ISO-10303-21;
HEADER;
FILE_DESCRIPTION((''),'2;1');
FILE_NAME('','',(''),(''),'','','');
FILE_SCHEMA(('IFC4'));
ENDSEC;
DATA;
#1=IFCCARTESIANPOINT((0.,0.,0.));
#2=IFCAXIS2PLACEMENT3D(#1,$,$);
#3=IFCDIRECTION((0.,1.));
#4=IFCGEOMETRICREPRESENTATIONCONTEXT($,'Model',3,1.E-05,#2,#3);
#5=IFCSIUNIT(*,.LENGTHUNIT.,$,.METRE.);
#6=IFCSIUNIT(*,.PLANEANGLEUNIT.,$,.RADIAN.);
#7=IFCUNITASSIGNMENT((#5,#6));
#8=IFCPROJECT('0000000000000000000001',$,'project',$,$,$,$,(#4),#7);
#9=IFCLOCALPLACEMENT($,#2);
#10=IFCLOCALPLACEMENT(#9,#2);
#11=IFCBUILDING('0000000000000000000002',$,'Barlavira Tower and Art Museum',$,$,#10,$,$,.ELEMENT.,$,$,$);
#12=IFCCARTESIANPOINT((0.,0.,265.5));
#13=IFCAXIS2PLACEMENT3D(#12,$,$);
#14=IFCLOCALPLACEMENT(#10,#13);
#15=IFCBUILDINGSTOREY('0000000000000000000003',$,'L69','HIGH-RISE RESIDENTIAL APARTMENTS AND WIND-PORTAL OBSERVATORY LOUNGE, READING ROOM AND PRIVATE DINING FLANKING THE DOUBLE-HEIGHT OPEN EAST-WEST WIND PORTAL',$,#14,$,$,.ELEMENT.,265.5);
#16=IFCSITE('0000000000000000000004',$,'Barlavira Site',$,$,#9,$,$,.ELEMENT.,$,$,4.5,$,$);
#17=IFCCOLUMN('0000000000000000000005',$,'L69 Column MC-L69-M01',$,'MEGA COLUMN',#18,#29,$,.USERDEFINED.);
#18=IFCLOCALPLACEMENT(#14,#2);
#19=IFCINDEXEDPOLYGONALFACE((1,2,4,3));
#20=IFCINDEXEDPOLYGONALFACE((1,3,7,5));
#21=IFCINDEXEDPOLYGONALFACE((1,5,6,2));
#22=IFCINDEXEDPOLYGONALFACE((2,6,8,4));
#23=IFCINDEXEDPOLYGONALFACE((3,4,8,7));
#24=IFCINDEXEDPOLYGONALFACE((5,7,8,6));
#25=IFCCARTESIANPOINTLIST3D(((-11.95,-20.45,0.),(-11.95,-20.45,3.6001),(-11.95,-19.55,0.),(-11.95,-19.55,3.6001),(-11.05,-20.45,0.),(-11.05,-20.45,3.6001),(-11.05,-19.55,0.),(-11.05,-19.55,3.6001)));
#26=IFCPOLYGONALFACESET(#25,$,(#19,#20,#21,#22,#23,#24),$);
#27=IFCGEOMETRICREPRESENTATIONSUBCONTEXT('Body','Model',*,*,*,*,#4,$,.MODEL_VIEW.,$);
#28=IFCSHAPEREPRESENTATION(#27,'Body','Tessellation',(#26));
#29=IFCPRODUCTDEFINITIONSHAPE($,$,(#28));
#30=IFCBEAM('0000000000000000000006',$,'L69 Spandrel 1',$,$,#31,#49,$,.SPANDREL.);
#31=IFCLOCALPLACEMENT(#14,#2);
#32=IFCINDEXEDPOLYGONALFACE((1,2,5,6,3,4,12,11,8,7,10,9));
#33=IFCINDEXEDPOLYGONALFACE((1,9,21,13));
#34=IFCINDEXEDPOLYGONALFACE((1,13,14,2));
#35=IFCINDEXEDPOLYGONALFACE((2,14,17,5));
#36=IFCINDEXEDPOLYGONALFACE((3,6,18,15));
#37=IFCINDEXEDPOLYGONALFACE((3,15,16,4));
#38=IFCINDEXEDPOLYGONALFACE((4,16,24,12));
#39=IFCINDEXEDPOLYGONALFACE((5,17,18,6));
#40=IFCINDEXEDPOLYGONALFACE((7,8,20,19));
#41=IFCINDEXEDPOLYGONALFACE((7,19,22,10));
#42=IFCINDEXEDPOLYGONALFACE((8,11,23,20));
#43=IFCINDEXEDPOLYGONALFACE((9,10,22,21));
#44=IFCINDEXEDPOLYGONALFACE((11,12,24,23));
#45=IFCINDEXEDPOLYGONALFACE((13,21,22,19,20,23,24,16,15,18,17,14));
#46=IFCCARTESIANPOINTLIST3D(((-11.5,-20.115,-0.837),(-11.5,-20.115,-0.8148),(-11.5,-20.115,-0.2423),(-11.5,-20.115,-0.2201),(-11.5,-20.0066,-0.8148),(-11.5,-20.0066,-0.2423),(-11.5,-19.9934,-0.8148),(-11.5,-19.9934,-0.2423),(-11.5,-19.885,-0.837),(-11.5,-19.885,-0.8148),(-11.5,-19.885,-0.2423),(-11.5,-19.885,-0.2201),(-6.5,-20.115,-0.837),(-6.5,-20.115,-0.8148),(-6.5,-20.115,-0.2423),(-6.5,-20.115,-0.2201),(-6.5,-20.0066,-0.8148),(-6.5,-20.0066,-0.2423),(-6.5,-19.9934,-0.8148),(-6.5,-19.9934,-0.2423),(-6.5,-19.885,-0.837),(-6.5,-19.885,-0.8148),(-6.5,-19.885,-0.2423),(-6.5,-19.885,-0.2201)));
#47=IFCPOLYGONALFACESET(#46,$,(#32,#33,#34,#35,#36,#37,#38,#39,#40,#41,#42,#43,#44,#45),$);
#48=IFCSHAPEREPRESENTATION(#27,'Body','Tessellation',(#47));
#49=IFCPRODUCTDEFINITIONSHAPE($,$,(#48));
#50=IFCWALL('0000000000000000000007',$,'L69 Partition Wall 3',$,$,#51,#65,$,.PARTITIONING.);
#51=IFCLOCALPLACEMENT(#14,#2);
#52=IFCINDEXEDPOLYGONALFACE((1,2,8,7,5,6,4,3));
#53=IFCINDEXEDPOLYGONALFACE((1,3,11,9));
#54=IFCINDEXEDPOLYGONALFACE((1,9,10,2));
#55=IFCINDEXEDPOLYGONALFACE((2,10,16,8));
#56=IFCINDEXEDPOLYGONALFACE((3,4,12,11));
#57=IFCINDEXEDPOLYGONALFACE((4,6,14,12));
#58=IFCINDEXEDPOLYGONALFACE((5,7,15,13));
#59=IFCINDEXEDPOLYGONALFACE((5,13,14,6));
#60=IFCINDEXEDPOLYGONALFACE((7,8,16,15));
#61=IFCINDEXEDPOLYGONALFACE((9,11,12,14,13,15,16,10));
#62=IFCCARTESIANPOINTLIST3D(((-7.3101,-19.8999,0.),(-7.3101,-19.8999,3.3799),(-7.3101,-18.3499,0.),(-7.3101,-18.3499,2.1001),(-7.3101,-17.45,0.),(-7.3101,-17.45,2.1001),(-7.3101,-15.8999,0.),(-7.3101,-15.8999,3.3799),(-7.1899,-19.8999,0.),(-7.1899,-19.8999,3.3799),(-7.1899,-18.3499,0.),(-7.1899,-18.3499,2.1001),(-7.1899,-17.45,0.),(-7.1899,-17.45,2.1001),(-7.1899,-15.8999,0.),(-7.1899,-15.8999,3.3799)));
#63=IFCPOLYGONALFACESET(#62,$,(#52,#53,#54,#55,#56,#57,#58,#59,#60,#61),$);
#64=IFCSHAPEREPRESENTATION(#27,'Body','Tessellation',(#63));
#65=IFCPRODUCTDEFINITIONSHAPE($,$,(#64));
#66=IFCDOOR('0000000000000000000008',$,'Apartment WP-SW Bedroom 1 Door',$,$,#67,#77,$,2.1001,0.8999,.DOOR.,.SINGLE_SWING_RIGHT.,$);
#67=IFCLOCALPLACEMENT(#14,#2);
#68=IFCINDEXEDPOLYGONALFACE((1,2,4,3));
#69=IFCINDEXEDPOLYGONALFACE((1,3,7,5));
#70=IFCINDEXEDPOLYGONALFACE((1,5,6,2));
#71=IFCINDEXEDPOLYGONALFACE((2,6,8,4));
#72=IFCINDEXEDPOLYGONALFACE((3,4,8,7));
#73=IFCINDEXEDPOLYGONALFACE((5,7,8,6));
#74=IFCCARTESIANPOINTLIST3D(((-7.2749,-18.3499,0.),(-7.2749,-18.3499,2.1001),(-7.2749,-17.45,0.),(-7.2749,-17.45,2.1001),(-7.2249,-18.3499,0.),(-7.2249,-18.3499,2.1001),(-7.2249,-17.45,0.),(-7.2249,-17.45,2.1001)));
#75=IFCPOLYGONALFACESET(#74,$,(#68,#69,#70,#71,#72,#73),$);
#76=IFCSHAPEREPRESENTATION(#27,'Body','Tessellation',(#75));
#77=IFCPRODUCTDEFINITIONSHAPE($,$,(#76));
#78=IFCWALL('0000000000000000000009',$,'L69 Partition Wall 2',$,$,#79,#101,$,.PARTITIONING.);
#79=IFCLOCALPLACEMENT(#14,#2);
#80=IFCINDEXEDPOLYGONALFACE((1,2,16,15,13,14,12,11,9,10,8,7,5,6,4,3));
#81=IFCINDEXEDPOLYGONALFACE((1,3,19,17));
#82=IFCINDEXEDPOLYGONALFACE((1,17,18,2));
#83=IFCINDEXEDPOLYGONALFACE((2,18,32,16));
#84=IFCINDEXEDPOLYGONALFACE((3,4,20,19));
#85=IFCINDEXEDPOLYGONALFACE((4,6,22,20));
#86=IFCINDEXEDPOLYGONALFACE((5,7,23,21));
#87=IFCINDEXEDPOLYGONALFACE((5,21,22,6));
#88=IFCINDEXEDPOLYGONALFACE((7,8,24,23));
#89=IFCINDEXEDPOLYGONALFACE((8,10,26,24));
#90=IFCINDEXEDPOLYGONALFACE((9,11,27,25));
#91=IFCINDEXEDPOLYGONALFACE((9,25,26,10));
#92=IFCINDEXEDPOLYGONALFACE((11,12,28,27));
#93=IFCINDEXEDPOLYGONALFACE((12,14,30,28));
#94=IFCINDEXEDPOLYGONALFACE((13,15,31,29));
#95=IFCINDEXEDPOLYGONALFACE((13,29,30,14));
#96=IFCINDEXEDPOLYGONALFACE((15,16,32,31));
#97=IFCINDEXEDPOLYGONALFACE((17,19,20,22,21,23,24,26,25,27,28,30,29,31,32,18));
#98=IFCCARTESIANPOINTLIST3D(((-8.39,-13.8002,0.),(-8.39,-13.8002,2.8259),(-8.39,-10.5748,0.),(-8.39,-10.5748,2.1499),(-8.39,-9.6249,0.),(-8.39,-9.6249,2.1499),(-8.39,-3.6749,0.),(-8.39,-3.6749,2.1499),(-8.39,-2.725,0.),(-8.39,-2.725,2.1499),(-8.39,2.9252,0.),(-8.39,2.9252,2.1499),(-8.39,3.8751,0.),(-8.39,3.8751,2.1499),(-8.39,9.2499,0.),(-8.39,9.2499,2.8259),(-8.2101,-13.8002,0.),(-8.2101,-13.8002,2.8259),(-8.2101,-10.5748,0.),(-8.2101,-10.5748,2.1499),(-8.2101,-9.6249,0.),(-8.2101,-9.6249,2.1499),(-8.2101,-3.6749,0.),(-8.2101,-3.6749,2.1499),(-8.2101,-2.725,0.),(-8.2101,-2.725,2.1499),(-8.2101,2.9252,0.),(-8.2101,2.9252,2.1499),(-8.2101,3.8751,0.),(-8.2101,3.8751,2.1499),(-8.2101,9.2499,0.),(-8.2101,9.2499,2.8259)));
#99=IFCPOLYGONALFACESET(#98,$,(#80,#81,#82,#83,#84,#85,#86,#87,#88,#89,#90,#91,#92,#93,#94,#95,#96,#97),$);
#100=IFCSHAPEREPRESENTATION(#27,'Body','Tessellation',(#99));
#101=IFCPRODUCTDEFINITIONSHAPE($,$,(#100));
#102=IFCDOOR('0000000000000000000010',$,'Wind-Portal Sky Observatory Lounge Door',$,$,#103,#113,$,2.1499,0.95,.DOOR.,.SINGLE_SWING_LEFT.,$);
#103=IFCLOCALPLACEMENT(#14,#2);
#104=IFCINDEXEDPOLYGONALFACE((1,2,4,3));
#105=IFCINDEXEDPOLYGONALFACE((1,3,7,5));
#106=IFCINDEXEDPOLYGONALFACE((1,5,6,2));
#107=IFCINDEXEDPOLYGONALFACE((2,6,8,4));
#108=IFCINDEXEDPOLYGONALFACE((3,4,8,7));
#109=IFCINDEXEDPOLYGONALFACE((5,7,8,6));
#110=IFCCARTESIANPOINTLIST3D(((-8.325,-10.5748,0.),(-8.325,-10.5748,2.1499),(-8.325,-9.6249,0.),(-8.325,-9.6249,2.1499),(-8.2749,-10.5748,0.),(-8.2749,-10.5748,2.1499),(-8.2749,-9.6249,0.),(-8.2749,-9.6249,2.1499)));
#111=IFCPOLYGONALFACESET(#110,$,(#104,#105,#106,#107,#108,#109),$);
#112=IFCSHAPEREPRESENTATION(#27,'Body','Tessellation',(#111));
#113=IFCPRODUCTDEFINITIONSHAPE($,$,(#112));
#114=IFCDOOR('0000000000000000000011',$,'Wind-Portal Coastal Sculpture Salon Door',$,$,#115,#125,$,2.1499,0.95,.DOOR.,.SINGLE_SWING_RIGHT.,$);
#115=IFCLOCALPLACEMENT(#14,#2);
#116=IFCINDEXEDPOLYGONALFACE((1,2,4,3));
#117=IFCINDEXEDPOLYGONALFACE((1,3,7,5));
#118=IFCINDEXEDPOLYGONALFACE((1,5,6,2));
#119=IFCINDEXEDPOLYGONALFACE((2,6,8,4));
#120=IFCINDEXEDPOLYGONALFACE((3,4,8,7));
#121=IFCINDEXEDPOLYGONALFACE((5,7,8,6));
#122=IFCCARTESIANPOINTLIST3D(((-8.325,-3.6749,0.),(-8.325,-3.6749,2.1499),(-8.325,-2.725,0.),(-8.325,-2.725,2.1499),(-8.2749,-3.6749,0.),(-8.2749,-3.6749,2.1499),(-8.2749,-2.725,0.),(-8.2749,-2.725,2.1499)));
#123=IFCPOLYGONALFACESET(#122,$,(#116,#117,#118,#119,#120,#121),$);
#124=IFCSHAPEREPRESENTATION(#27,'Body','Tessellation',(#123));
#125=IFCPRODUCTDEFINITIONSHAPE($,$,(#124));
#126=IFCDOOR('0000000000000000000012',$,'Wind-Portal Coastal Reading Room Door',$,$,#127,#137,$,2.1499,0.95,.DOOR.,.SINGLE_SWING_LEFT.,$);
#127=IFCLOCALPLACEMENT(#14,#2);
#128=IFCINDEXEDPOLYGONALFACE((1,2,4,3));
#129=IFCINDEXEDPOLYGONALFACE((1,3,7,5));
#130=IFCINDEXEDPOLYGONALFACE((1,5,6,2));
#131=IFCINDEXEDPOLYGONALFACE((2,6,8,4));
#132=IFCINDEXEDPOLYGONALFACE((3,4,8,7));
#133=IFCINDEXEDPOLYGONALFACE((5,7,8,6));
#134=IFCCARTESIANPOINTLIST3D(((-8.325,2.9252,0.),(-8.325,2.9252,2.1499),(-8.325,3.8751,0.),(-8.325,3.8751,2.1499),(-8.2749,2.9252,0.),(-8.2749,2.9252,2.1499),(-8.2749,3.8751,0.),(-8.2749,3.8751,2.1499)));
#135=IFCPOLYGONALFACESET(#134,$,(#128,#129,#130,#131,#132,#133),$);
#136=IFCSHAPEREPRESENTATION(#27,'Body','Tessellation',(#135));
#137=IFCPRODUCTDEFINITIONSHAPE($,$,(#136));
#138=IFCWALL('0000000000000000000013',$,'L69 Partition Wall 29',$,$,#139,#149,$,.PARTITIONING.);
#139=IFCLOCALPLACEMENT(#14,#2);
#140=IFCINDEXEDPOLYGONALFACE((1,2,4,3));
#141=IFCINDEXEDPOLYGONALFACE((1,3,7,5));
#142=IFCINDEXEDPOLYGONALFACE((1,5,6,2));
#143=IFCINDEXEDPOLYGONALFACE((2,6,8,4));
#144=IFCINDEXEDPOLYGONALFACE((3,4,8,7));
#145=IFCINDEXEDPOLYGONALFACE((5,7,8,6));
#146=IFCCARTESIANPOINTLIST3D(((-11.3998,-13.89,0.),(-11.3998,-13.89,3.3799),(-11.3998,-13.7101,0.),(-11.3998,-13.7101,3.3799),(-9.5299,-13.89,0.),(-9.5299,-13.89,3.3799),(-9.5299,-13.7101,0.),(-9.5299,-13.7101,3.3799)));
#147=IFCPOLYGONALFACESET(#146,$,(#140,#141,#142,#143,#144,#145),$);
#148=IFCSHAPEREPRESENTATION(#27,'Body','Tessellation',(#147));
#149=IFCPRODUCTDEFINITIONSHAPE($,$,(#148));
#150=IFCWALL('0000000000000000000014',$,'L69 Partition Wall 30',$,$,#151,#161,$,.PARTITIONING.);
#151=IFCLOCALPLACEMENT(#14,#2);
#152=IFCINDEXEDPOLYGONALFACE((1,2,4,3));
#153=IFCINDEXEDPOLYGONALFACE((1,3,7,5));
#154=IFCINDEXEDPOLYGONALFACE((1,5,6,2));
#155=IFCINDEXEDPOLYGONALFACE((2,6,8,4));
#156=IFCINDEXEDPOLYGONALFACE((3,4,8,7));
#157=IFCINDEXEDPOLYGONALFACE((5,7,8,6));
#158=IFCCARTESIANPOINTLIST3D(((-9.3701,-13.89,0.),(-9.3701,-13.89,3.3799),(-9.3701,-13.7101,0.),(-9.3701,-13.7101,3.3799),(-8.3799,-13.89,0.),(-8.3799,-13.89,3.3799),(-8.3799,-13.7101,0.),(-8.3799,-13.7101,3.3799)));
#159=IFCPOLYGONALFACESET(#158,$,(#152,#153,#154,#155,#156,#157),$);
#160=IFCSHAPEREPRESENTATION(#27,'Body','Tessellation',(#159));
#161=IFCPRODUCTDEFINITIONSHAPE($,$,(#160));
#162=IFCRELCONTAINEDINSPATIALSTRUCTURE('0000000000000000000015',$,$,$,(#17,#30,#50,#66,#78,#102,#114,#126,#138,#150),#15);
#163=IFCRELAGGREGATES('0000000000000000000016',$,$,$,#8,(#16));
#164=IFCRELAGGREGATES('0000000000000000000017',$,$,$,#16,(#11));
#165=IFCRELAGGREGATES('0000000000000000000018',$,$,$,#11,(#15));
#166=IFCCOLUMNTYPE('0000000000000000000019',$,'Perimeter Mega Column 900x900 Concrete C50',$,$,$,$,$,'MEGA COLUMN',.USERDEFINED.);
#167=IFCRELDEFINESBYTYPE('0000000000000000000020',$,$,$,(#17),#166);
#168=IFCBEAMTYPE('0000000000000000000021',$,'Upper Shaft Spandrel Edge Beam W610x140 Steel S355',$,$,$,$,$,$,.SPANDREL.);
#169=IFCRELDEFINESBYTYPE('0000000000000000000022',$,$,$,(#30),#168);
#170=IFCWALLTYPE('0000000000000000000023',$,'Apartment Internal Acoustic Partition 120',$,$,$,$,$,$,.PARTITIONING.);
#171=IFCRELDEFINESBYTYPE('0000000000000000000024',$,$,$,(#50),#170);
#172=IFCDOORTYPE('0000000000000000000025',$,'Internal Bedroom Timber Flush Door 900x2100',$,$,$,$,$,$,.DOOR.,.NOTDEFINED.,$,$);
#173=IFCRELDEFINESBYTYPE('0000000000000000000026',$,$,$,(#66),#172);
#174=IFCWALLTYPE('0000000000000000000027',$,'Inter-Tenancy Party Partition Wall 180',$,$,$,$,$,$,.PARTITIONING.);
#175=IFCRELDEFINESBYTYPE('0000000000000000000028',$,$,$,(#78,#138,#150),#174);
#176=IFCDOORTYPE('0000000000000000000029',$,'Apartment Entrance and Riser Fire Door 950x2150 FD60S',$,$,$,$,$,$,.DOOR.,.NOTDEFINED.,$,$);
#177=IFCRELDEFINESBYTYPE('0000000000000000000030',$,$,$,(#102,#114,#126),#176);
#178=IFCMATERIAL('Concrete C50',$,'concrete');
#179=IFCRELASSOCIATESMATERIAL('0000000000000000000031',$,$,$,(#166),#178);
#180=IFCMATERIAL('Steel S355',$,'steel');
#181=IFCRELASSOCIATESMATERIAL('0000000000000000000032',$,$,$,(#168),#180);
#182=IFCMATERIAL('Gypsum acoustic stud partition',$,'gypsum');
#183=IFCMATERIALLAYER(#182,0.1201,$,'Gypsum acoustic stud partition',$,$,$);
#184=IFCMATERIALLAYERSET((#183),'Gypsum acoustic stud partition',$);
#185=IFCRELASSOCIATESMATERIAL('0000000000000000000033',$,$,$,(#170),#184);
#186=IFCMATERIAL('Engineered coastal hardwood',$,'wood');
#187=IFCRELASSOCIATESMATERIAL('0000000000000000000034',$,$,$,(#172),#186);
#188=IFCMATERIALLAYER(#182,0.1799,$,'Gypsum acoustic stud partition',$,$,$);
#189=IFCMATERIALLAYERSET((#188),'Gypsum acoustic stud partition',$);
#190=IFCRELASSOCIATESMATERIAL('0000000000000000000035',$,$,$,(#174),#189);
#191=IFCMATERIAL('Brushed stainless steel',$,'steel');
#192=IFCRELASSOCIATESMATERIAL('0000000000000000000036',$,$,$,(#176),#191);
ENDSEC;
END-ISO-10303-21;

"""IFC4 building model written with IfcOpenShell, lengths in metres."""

from ifc_helpers import new_model, si_unit, direction, frame, frame_2d, origin, origin_2d, place, context, subcontext, project, spatial, rectangle, i_section, extrude, material, layer, layer_set, material_profile, profile_set, type_object, element, fill, save


model = new_model("IFC4")

# Units and contexts
model_context = context("Model", 3, precision=1e-05, world=origin(), true_north=direction((0.0, 1.0)))
body_context = subcontext(model_context, "Body", "Model", "MODEL_VIEW")
ifc_project = project(units=[si_unit("LENGTHUNIT", "METRE"), si_unit("PLANEANGLEUNIT", "RADIAN")], contexts=[model_context])

# Site, building, storey
site_placement = place(None, origin())
site = spatial("IfcSite", under=ifc_project, at=site_placement, Name="Barlavira Site", CompositionType="ELEMENT", RefElevation=4.5)
building_placement = place(site_placement, origin())
building = spatial("IfcBuilding", under=site, at=building_placement, Name="Barlavira Tower and Art Museum", CompositionType="ELEMENT")
storey_placement = place(building_placement, frame((0.0, 0.0, 265.5)))
storey = spatial("IfcBuildingStorey", under=building, at=storey_placement, Name="L69", Description="HIGH-RISE RESIDENTIAL APARTMENTS AND WIND-PORTAL OBSERVATORY LOUNGE, READING ROOM AND PRIVATE DINING FLANKING THE DOUBLE-HEIGHT OPEN EAST-WEST WIND PORTAL", CompositionType="ELEMENT", Elevation=265.5)

# Column
ifc_material_1 = material(Name="Concrete C50", Category="concrete")
ifc_material_profile_1 = material_profile(ifc_material_1, rectangle(XDim=0.8999, YDim=0.8999, at=origin_2d()), Name="RC-COL 900x900")
ifc_profile_set_1 = profile_set([ifc_material_profile_1], Name="Concrete C50")
column_type = type_object("IfcColumnType", Name="Perimeter Mega Column 900x900 Concrete C50", ElementType="MEGA COLUMN", PredefinedType="USERDEFINED", material=ifc_profile_set_1)
column_placement = place(storey_placement, frame((-11.5, -20.0, 0.0), z_axis=(0.0, 0.0, 1.0), x_axis=(1.0, 0.0, 0.0)))
element("IfcColumn", 1, at=column_placement, inside=storey, type_object=column_type, Name="L69 Column MC-L69-M01", ObjectType="MEGA COLUMN", PredefinedType="USERDEFINED", context=body_context, shape_type="SweptSolid", body=[
    extrude(rectangle(XDim=0.8999, YDim=0.8999, at=origin_2d()), origin(), (0.0, 0.0, 1.0), 3.6001),
])

# Beam
ifc_material_2 = material(Name="Steel S355", Category="steel")
ifc_material_profile_2 = material_profile(ifc_material_2, i_section(OverallWidth=0.23, OverallDepth=0.6169, WebThickness=0.0132, FlangeThickness=0.0222, at=origin_2d()), Name="W610x140.0")
ifc_profile_set_2 = profile_set([ifc_material_profile_2], Name="Steel S355")
beam_type = type_object("IfcBeamType", Name="Upper Shaft Spandrel Edge Beam W610x140 Steel S355", PredefinedType="SPANDREL", material=ifc_profile_set_2)
beam_placement = place(storey_placement, frame((-11.5, -20.0, -0.5286), z_axis=(1.0, 0.0, 0.0), x_axis=(0.0, 1.0, 0.0)))
element("IfcBeam", 2, at=beam_placement, inside=storey, type_object=beam_type, Name="L69 Spandrel 1", PredefinedType="SPANDREL", context=body_context, shape_type="SweptSolid", body=[
    extrude(i_section(OverallWidth=0.23, OverallDepth=0.6169, WebThickness=0.0132, FlangeThickness=0.0222, at=origin_2d()), origin(), (0.0, 0.0, 1.0), 5.0),
])

# Wall, opening, door
ifc_material_3 = material(Name="Gypsum acoustic stud partition", Category="gypsum")
ifc_layer_1 = layer(ifc_material_3, 0.1201, Name="Gypsum acoustic stud partition")
ifc_layer_set_1 = layer_set([ifc_layer_1], Name="Gypsum acoustic stud partition")
wall_type_1 = type_object("IfcWallType", Name="Apartment Internal Acoustic Partition 120", PredefinedType="PARTITIONING", material=ifc_layer_set_1)
wall_1_placement = place(storey_placement, frame((-7.25, -19.8999, 0.0), z_axis=(0.0, 0.0, 1.0), x_axis=(0.0, 1.0, 0.0)))
wall_1 = element("IfcWall", 3, at=wall_1_placement, inside=storey, type_object=wall_type_1, Name="L69 Partition Wall 3", PredefinedType="PARTITIONING", context=body_context, shape_type="SweptSolid", body=[
    extrude(rectangle(XDim=4.0, YDim=0.1201, at=frame_2d((2.0, 0.0))), origin(), (0.0, 0.0, 1.0), 3.3799),
])
opening_1_placement = place(wall_1_placement, frame((1.55, 0.0, 0.0)))
opening_1 = element("IfcOpeningElement", 4, at=opening_1_placement, cuts=wall_1, PredefinedType="OPENING", context=body_context, shape_type="SweptSolid", body=[
    extrude(rectangle(XDim=0.8999, YDim=2.1001, at=frame_2d((0.45, 1.05))), frame((0.0, 0.0701, 0.0), z_axis=(0.0, -1.0, 0.0), x_axis=(1.0, 0.0, 0.0)), (0.0, 0.0, 1.0), 0.1401),
])
ifc_material_4 = material(Name="Engineered coastal hardwood", Category="wood")
door_type_1 = type_object("IfcDoorType", Name="Internal Bedroom Timber Flush Door 900x2100", OperationType="NOTDEFINED", PredefinedType="DOOR", material=ifc_material_4)
door_1_placement = place(opening_1_placement, origin())
door_1 = element("IfcDoor", 5, at=door_1_placement, inside=storey, type_object=door_type_1, Name="Apartment WP-SW Bedroom 1 Door", OperationType="SINGLE_SWING_RIGHT", OverallHeight=2.1001, OverallWidth=0.8999, PredefinedType="DOOR", context=body_context, shape_type="SweptSolid", body=[
    extrude(rectangle(XDim=0.8999, YDim=2.1001, at=frame_2d((0.45, 1.05))), frame((0.0, 0.0249, 0.0), z_axis=(0.0, -1.0, 0.0), x_axis=(1.0, 0.0, 0.0)), (0.0, 0.0, 1.0), 0.05),
])
fill(opening_1, door_1)

# Wall, openings, doors
ifc_layer_2 = layer(ifc_material_3, 0.1799, Name="Gypsum acoustic stud partition")
ifc_layer_set_2 = layer_set([ifc_layer_2], Name="Gypsum acoustic stud partition")
wall_type_2 = type_object("IfcWallType", Name="Inter-Tenancy Party Partition Wall 180", PredefinedType="PARTITIONING", material=ifc_layer_set_2)
wall_2_placement = place(storey_placement, frame((-8.3, -13.8, 0.0), z_axis=(0.0, 0.0, 1.0), x_axis=(0.0, 1.0, 0.0)))
wall_2 = element("IfcWall", 6, at=wall_2_placement, inside=storey, type_object=wall_type_2, Name="L69 Partition Wall 2", PredefinedType="PARTITIONING", context=body_context, shape_type="SweptSolid", body=[
    extrude(rectangle(XDim=23.05, YDim=0.1799, at=frame_2d((11.5249, 0.0))), origin(), (0.0, 0.0, 1.0), 2.8259),
])
opening_2_placement = place(wall_2_placement, frame((3.2251, 0.0, 0.0)))
opening_2 = element("IfcOpeningElement", 7, at=opening_2_placement, cuts=wall_2, PredefinedType="OPENING", context=body_context, shape_type="SweptSolid", body=[
    extrude(rectangle(XDim=0.95, YDim=2.1499, at=frame_2d((0.4751, 1.075))), frame((0.0, 0.1001, 0.0), z_axis=(0.0, -1.0, 0.0), x_axis=(1.0, 0.0, 0.0)), (0.0, 0.0, 1.0), 0.2),
])
opening_3_placement = place(wall_2_placement, frame((10.125, 0.0, 0.0)))
opening_3 = element("IfcOpeningElement", 8, at=opening_3_placement, cuts=wall_2, PredefinedType="OPENING", context=body_context, shape_type="SweptSolid", body=[
    extrude(rectangle(XDim=0.95, YDim=2.1499, at=frame_2d((0.4751, 1.075))), frame((0.0, 0.1001, 0.0), z_axis=(0.0, -1.0, 0.0), x_axis=(1.0, 0.0, 0.0)), (0.0, 0.0, 1.0), 0.2),
])
opening_4_placement = place(wall_2_placement, frame((16.7251, 0.0, 0.0)))
opening_4 = element("IfcOpeningElement", 9, at=opening_4_placement, cuts=wall_2, PredefinedType="OPENING", context=body_context, shape_type="SweptSolid", body=[
    extrude(rectangle(XDim=0.95, YDim=2.1499, at=frame_2d((0.4751, 1.075))), frame((0.0, 0.1001, 0.0), z_axis=(0.0, -1.0, 0.0), x_axis=(1.0, 0.0, 0.0)), (0.0, 0.0, 1.0), 0.2),
])
ifc_material_5 = material(Name="Brushed stainless steel", Category="steel")
door_type_2 = type_object("IfcDoorType", Name="Apartment Entrance and Riser Fire Door 950x2150 FD60S", OperationType="NOTDEFINED", PredefinedType="DOOR", material=ifc_material_5)
door_2_placement = place(opening_2_placement, origin())
door_2 = element("IfcDoor", 10, at=door_2_placement, inside=storey, type_object=door_type_2, Name="Wind-Portal Sky Observatory Lounge Door", OperationType="SINGLE_SWING_LEFT", OverallHeight=2.1499, OverallWidth=0.95, PredefinedType="DOOR", context=body_context, shape_type="SweptSolid", body=[
    extrude(rectangle(XDim=0.95, YDim=2.1499, at=frame_2d((0.4751, 1.075))), frame((0.0, 0.0249, 0.0), z_axis=(0.0, -1.0, 0.0), x_axis=(1.0, 0.0, 0.0)), (0.0, 0.0, 1.0), 0.05),
])
fill(opening_2, door_2)
door_3_placement = place(opening_3_placement, origin())
door_3 = element("IfcDoor", 11, at=door_3_placement, inside=storey, type_object=door_type_2, Name="Wind-Portal Coastal Sculpture Salon Door", OperationType="SINGLE_SWING_RIGHT", OverallHeight=2.1499, OverallWidth=0.95, PredefinedType="DOOR", context=body_context, shape_type="SweptSolid", body=[
    extrude(rectangle(XDim=0.95, YDim=2.1499, at=frame_2d((0.4751, 1.075))), frame((0.0, 0.0249, 0.0), z_axis=(0.0, -1.0, 0.0), x_axis=(1.0, 0.0, 0.0)), (0.0, 0.0, 1.0), 0.05),
])
fill(opening_3, door_3)
door_4_placement = place(opening_4_placement, origin())
door_4 = element("IfcDoor", 12, at=door_4_placement, inside=storey, type_object=door_type_2, Name="Wind-Portal Coastal Reading Room Door", OperationType="SINGLE_SWING_LEFT", OverallHeight=2.1499, OverallWidth=0.95, PredefinedType="DOOR", context=body_context, shape_type="SweptSolid", body=[
    extrude(rectangle(XDim=0.95, YDim=2.1499, at=frame_2d((0.4751, 1.075))), frame((0.0, 0.0249, 0.0), z_axis=(0.0, -1.0, 0.0), x_axis=(1.0, 0.0, 0.0)), (0.0, 0.0, 1.0), 0.05),
])
fill(opening_4, door_4)

# Walls
wall_3_placement = place(storey_placement, frame((-11.3999, -13.8, 0.0), z_axis=(0.0, 0.0, 1.0), x_axis=(1.0, 0.0, 0.0)))
element("IfcWall", 13, at=wall_3_placement, inside=storey, type_object=wall_type_2, Name="L69 Partition Wall 29", PredefinedType="PARTITIONING", context=body_context, shape_type="SweptSolid", body=[
    extrude(rectangle(XDim=1.8699, YDim=0.1799, at=frame_2d((0.9351, 0.0))), origin(), (0.0, 0.0, 1.0), 3.3799),
])
wall_4_placement = place(storey_placement, frame((-9.3701, -13.8, 0.0), z_axis=(0.0, 0.0, 1.0), x_axis=(1.0, 0.0, 0.0)))
element("IfcWall", 14, at=wall_4_placement, inside=storey, type_object=wall_type_2, Name="L69 Partition Wall 30", PredefinedType="PARTITIONING", context=body_context, shape_type="SweptSolid", body=[
    extrude(rectangle(XDim=0.9902, YDim=0.1799, at=frame_2d((0.4951, 0.0))), origin(), (0.0, 0.0, 1.0), 3.3799),
])

save(model, "model.ifc")
